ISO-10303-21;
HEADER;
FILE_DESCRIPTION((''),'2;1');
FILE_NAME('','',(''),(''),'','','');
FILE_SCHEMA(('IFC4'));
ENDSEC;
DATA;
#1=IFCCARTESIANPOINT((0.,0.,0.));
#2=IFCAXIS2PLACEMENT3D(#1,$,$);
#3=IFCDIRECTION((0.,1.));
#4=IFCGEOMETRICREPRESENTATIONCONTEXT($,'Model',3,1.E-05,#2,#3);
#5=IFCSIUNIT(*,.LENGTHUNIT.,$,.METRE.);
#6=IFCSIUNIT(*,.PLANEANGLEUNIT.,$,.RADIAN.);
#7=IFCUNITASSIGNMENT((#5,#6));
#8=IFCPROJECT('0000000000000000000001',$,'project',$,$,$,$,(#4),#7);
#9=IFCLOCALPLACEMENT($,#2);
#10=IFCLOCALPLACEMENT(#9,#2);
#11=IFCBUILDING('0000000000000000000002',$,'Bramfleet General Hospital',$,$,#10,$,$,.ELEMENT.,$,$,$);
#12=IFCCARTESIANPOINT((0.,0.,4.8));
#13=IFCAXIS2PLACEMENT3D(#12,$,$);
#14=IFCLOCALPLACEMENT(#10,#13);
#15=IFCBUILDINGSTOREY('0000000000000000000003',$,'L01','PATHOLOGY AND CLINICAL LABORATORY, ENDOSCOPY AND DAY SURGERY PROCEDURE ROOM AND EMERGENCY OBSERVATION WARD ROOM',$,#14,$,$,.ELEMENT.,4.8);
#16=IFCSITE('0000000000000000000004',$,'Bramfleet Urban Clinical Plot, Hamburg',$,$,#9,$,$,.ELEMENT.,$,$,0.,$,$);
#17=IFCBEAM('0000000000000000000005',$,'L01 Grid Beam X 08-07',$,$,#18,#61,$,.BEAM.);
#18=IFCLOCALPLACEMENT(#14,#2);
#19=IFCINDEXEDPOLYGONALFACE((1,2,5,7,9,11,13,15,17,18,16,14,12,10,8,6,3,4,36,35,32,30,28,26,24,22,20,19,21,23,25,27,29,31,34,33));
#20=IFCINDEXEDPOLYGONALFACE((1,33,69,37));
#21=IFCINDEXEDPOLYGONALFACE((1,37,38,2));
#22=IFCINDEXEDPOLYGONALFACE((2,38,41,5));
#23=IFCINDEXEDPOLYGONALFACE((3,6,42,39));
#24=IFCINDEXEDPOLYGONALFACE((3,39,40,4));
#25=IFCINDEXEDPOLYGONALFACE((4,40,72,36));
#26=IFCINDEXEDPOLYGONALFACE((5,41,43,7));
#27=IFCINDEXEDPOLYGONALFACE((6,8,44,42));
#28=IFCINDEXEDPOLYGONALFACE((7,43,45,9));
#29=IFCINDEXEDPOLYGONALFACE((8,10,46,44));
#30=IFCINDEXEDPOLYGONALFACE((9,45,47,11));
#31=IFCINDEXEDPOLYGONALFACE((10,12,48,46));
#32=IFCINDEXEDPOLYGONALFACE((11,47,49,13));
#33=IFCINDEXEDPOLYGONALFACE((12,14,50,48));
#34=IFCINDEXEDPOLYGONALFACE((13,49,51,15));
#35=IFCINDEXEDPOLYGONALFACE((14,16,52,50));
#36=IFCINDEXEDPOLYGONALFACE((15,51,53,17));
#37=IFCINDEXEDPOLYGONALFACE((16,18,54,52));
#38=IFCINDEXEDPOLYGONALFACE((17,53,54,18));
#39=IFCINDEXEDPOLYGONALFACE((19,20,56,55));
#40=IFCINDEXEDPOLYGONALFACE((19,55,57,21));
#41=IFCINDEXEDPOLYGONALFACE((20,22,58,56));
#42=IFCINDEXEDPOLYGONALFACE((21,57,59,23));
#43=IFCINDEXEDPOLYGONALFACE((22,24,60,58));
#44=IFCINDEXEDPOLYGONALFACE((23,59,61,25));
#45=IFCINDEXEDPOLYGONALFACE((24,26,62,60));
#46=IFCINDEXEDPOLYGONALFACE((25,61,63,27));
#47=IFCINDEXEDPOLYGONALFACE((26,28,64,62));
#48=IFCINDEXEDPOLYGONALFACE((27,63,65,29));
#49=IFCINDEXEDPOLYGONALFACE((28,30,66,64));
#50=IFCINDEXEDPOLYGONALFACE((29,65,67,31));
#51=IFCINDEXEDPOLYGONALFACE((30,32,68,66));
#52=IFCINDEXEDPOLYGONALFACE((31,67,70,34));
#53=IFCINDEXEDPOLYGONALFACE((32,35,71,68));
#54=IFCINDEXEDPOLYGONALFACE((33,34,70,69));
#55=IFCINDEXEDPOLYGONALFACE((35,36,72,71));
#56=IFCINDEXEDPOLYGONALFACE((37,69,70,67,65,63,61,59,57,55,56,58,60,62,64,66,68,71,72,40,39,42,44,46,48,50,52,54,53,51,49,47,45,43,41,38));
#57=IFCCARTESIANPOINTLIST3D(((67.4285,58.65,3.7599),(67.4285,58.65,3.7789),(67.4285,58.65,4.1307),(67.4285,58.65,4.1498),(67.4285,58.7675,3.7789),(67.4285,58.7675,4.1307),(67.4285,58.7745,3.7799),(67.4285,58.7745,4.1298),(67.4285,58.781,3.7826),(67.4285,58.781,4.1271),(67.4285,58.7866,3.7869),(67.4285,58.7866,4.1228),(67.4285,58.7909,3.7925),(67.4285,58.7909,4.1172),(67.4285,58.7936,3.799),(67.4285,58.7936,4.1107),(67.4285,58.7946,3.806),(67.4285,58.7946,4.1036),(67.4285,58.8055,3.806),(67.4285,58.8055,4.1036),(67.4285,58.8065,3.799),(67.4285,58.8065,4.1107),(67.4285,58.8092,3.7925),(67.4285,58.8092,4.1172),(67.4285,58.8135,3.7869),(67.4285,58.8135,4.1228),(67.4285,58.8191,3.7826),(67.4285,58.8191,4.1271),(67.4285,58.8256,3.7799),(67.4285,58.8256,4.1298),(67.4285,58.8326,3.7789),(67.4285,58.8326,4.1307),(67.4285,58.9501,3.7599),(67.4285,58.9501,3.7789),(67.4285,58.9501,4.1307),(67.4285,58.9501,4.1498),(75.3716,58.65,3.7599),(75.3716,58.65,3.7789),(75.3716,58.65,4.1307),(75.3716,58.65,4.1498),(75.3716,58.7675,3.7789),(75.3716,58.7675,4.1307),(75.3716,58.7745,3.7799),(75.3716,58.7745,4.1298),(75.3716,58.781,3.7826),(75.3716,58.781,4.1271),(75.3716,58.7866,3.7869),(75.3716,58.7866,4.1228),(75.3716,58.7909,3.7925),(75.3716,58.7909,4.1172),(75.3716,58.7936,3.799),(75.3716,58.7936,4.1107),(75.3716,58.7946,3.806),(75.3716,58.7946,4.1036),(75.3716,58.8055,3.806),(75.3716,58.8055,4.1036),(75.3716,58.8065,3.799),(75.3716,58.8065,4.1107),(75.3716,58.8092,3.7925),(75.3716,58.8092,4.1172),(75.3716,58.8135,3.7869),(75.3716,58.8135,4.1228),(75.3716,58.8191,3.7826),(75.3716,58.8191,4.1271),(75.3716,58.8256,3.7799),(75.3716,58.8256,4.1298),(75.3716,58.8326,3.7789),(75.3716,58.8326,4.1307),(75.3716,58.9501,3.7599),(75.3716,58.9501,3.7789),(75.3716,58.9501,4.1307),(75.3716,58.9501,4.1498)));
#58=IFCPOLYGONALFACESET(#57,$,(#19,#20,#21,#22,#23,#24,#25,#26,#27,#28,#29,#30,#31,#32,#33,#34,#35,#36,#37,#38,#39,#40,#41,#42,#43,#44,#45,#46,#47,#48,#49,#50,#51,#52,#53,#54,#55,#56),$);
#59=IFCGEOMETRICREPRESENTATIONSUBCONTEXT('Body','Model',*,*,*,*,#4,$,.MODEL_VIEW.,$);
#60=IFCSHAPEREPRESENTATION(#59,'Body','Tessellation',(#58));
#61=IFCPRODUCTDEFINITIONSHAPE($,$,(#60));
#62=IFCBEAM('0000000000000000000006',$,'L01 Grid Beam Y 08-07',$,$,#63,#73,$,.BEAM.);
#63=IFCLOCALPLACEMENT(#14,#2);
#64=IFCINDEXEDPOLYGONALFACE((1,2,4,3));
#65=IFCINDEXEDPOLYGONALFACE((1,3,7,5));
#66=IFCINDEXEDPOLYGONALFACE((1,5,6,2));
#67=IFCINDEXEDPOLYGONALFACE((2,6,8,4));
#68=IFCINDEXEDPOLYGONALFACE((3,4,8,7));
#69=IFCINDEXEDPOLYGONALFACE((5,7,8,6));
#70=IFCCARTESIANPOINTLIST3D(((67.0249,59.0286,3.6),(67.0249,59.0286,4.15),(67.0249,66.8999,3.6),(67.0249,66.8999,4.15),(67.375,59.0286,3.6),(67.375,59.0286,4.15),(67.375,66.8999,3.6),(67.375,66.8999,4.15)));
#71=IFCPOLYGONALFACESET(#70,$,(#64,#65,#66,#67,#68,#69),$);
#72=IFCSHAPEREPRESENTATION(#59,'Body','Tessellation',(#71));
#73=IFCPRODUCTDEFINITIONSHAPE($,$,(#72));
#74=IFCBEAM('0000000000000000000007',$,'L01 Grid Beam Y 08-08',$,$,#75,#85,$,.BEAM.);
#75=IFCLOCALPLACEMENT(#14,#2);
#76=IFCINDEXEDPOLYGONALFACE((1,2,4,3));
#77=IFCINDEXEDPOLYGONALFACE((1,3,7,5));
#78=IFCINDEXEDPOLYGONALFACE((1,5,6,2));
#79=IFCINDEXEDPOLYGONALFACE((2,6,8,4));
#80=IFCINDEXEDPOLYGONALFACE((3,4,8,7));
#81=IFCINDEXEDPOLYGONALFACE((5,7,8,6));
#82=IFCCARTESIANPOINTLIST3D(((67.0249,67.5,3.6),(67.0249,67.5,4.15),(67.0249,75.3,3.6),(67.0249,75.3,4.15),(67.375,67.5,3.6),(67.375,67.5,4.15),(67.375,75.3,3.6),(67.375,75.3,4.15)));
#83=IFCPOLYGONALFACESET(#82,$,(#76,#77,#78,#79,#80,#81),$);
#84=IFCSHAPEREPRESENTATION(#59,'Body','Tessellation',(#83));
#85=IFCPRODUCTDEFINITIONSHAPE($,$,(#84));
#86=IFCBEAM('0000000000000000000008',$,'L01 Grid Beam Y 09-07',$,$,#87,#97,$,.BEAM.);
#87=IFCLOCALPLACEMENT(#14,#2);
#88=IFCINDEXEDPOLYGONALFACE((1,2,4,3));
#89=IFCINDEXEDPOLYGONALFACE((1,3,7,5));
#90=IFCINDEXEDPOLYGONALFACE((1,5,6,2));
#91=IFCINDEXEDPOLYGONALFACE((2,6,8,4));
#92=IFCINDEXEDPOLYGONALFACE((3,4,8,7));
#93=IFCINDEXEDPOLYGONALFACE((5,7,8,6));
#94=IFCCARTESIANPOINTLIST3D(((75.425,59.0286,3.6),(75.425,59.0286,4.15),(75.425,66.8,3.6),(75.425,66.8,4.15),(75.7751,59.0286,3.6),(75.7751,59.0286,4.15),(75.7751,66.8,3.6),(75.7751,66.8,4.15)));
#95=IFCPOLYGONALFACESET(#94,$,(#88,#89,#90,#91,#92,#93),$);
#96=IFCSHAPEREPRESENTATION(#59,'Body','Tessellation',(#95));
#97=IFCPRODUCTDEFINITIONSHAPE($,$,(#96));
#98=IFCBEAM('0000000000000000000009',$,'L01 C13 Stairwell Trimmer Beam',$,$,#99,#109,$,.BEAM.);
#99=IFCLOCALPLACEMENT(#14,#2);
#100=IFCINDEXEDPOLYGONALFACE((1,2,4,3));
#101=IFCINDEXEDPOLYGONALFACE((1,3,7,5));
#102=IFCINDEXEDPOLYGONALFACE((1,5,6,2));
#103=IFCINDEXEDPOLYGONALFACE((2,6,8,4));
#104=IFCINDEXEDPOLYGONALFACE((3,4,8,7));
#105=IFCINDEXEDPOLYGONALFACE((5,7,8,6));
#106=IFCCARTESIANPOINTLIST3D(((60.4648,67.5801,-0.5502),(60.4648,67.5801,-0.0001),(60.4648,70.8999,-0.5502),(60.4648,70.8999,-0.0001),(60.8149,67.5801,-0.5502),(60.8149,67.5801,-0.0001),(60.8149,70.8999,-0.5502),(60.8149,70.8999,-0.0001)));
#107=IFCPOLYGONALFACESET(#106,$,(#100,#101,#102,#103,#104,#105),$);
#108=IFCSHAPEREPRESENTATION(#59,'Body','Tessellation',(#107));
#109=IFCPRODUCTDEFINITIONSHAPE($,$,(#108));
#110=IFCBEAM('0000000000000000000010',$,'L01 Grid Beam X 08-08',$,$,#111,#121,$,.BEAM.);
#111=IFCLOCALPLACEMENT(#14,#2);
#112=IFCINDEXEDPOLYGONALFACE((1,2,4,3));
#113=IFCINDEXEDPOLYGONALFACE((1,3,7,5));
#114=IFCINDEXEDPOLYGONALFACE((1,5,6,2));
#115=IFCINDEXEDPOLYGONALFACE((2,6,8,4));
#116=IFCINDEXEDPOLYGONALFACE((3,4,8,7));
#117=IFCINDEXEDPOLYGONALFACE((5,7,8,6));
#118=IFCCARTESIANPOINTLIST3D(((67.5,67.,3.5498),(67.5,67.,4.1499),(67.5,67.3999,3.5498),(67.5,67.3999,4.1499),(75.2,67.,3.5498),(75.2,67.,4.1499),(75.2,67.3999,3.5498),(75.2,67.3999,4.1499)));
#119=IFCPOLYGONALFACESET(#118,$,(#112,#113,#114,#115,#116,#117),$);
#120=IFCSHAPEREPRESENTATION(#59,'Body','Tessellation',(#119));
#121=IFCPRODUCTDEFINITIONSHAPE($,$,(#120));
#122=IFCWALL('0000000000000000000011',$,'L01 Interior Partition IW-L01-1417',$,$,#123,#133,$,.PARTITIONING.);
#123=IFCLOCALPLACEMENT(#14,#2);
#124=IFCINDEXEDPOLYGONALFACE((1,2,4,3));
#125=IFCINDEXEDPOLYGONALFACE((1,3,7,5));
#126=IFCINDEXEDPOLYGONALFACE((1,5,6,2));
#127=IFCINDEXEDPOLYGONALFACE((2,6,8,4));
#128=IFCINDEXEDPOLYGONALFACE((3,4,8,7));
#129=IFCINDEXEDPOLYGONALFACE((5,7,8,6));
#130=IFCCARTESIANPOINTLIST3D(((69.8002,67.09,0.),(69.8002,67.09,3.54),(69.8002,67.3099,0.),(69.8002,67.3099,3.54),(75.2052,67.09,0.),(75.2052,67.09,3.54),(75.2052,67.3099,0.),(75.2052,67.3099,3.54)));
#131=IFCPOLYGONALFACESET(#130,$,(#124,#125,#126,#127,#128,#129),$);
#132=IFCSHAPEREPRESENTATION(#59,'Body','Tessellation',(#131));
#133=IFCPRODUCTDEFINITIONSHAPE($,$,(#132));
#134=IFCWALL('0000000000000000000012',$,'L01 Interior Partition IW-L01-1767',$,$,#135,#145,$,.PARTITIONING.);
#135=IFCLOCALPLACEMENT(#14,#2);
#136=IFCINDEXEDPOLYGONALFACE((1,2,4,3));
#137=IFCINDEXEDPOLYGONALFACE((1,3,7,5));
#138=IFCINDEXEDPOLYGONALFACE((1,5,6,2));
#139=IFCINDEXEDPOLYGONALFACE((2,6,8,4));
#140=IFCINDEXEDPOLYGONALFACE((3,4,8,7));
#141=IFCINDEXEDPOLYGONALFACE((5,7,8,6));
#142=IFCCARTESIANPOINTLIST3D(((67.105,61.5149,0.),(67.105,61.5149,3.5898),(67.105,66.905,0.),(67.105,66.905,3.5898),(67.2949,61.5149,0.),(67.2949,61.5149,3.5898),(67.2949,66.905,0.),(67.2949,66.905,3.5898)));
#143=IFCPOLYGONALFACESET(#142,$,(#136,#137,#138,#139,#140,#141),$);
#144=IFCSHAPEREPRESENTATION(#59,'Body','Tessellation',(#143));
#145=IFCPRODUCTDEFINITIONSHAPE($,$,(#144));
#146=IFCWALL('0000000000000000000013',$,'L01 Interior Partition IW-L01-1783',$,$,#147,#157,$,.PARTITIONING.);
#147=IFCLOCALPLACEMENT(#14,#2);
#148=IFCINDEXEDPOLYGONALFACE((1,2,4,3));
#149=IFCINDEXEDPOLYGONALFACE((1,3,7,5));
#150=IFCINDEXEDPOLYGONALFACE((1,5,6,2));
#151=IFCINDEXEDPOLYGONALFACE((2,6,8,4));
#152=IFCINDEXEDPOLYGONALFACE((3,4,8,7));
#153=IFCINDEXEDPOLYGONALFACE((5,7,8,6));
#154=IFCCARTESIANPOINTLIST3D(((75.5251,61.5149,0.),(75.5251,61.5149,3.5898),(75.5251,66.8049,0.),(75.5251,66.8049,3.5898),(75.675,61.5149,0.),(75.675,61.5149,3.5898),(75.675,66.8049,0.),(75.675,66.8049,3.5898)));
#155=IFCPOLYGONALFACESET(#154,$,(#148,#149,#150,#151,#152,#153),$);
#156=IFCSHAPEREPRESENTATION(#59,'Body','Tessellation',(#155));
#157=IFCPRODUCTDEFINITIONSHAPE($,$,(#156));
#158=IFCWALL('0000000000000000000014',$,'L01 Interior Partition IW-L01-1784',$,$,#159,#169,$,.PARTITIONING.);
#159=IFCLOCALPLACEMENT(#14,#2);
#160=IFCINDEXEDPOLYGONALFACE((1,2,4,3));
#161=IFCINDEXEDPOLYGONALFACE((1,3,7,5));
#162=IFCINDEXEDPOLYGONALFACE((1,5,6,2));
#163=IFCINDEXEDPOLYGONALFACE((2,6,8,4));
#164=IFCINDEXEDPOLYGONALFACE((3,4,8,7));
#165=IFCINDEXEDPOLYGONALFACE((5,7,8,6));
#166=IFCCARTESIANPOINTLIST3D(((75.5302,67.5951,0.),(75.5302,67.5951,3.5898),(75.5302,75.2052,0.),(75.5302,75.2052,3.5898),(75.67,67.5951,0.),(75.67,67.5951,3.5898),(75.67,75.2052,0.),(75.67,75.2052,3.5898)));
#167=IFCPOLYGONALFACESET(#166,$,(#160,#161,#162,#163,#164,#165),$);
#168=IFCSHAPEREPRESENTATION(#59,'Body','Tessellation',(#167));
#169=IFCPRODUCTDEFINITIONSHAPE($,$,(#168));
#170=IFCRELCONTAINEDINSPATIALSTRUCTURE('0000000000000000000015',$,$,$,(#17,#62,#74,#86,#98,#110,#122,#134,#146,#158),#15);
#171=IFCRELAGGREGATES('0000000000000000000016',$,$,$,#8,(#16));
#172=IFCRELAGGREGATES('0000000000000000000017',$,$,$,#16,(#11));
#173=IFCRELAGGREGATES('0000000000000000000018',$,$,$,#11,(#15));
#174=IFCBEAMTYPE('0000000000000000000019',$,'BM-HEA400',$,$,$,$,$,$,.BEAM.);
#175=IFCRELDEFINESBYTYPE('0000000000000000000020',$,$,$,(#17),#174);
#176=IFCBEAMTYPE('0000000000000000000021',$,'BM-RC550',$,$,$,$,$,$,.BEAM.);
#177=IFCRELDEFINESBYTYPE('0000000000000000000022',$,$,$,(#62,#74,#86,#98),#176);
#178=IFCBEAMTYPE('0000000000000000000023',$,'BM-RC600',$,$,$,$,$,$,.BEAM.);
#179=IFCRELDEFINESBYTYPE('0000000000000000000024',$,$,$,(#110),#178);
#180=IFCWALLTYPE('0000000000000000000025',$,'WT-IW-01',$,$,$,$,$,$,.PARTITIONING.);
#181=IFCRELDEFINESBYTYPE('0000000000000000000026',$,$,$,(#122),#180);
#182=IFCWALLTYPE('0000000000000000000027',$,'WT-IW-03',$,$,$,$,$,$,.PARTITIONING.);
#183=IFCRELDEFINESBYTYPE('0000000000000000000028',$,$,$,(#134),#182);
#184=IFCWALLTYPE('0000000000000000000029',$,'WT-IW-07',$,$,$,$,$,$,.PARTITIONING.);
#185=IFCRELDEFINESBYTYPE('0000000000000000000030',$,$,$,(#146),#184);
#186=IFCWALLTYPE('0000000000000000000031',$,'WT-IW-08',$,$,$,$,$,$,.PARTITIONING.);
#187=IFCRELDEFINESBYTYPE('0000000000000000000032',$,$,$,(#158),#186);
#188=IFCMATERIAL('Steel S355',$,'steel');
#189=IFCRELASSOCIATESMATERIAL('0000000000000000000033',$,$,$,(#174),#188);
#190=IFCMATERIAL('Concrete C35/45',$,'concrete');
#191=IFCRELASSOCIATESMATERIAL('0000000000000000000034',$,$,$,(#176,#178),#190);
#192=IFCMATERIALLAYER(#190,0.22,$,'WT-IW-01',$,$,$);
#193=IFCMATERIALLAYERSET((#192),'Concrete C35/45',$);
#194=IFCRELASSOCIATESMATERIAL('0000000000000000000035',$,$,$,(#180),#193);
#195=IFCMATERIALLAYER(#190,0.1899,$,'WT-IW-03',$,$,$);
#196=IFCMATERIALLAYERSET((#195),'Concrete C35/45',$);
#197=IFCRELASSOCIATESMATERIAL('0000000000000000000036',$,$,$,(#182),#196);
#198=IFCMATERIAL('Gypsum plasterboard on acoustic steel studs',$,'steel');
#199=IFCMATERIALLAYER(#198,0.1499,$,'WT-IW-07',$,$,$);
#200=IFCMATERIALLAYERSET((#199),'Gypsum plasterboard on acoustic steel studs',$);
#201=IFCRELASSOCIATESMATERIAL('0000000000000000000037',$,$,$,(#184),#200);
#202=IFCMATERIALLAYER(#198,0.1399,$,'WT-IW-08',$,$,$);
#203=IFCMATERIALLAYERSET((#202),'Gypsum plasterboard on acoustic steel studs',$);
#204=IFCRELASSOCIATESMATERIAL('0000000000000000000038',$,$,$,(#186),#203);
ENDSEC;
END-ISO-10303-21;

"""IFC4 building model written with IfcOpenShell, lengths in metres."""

from ifc_helpers import new_model, si_unit, direction, frame, frame_2d, origin, origin_2d, place, context, subcontext, project, spatial, rectangle, i_section, extrude, material, layer, layer_set, material_profile, profile_set, type_object, element, save


model = new_model("IFC4")

# Units and contexts
model_context = context("Model", 3, precision=1e-05, world=origin(), true_north=direction((0.0, 1.0)))
body_context = subcontext(model_context, "Body", "Model", "MODEL_VIEW")
ifc_project = project(units=[si_unit("LENGTHUNIT", "METRE"), si_unit("PLANEANGLEUNIT", "RADIAN")], contexts=[model_context])

# Site, building, storey
site_placement = place(None, origin())
site = spatial("IfcSite", under=ifc_project, at=site_placement, Name="Bramfleet Urban Clinical Plot, Hamburg", CompositionType="ELEMENT", RefElevation=0.0)
building_placement = place(site_placement, origin())
building = spatial("IfcBuilding", under=site, at=building_placement, Name="Bramfleet General Hospital", CompositionType="ELEMENT")
storey_placement = place(building_placement, frame((0.0, 0.0, 4.8)))
storey = spatial("IfcBuildingStorey", under=building, at=storey_placement, Name="L01", Description="PATHOLOGY AND CLINICAL LABORATORY, ENDOSCOPY AND DAY SURGERY PROCEDURE ROOM AND EMERGENCY OBSERVATION WARD ROOM", CompositionType="ELEMENT", Elevation=4.8)

# Shared definitions
ifc_material_1 = material(Name="Steel S355", Category="steel")

# Beams
ifc_material_profile_1 = material_profile(ifc_material_1, i_section(OverallWidth=0.3, OverallDepth=0.3899, WebThickness=0.011, FlangeThickness=0.019, FilletRadius=0.0271, at=origin_2d()), Name="HEA 400")
ifc_profile_set_1 = profile_set([ifc_material_profile_1], Name="Steel S355")
beam_type_1 = type_object("IfcBeamType", Name="BM-HEA400", PredefinedType="BEAM", material=ifc_profile_set_1)
beam_1_placement = place(storey_placement, frame((67.4285, 58.8, 3.9548), z_axis=(1.0, 0.0, 0.0), x_axis=(0.0, 1.0, 0.0)))
element("IfcBeam", 1, at=beam_1_placement, inside=storey, type_object=beam_type_1, Name="L01 Grid Beam X 08-07", PredefinedType="BEAM", context=body_context, shape_type="SweptSolid", body=[
    extrude(i_section(OverallWidth=0.3, OverallDepth=0.3899, WebThickness=0.011, FlangeThickness=0.019, FilletRadius=0.0271, at=origin_2d()), origin(), (0.0, 0.0, 1.0), 7.9431),
])
ifc_material_2 = material(Name="Concrete C35/45", Category="concrete")
ifc_material_profile_2 = material_profile(ifc_material_2, rectangle(XDim=0.3501, YDim=0.55, at=origin_2d()), Name="RC BM 550x350")
ifc_profile_set_2 = profile_set([ifc_material_profile_2], Name="Concrete C35/45")
beam_type_2 = type_object("IfcBeamType", Name="BM-RC550", PredefinedType="BEAM", material=ifc_profile_set_2)
beam_2_placement = place(storey_placement, frame((67.2, 59.0286, 3.875), z_axis=(0.0, 1.0, 0.0), x_axis=(-1.0, 0.0, 0.0)))
element("IfcBeam", 2, at=beam_2_placement, inside=storey, type_object=beam_type_2, Name="L01 Grid Beam Y 08-07", PredefinedType="BEAM", context=body_context, shape_type="SweptSolid", body=[
    extrude(rectangle(XDim=0.3501, YDim=0.55, at=origin_2d()), origin(), (0.0, 0.0, 1.0), 7.8713),
])
beam_3_placement = place(storey_placement, frame((67.2, 67.5, 3.875), z_axis=(0.0, 1.0, 0.0), x_axis=(-1.0, 0.0, 0.0)))
element("IfcBeam", 3, at=beam_3_placement, inside=storey, type_object=beam_type_2, Name="L01 Grid Beam Y 08-08", PredefinedType="BEAM", context=body_context, shape_type="SweptSolid", body=[
    extrude(rectangle(XDim=0.3501, YDim=0.55, at=origin_2d()), origin(), (0.0, 0.0, 1.0), 7.8),
])
beam_4_placement = place(storey_placement, frame((75.6001, 59.0286, 3.875), z_axis=(0.0, 1.0, 0.0), x_axis=(-1.0, 0.0, 0.0)))
element("IfcBeam", 4, at=beam_4_placement, inside=storey, type_object=beam_type_2, Name="L01 Grid Beam Y 09-07", PredefinedType="BEAM", context=body_context, shape_type="SweptSolid", body=[
    extrude(rectangle(XDim=0.3501, YDim=0.55, at=origin_2d()), origin(), (0.0, 0.0, 1.0), 7.7715),
])
beam_5_placement = place(storey_placement, frame((60.6399, 67.5801, -0.2751), z_axis=(0.0, 1.0, 0.0), x_axis=(-1.0, 0.0, 0.0)))
element("IfcBeam", 5, at=beam_5_placement, inside=storey, type_object=beam_type_2, Name="L01 C13 Stairwell Trimmer Beam", PredefinedType="BEAM", context=body_context, shape_type="SweptSolid", body=[
    extrude(rectangle(XDim=0.3501, YDim=0.55, at=origin_2d()), origin(), (0.0, 0.0, 1.0), 3.3198),
])
ifc_material_profile_3 = material_profile(ifc_material_2, rectangle(XDim=0.3999, YDim=0.6001, at=origin_2d()), Name="RC BM 600x400")
ifc_profile_set_3 = profile_set([ifc_material_profile_3], Name="Concrete C35/45")
beam_type_3 = type_object("IfcBeamType", Name="BM-RC600", PredefinedType="BEAM", material=ifc_profile_set_3)
beam_6_placement = place(storey_placement, frame((67.5, 67.2, 3.8499), z_axis=(1.0, 0.0, 0.0), x_axis=(0.0, 1.0, 0.0)))
element("IfcBeam", 6, at=beam_6_placement, inside=storey, type_object=beam_type_3, Name="L01 Grid Beam X 08-08", PredefinedType="BEAM", context=body_context, shape_type="SweptSolid", body=[
    extrude(rectangle(XDim=0.3999, YDim=0.6001, at=origin_2d()), origin(), (0.0, 0.0, 1.0), 7.7),
])

# Walls
ifc_layer_1 = layer(ifc_material_2, 0.22, Name="WT-IW-01")
ifc_layer_set_1 = layer_set([ifc_layer_1], Name="Concrete C35/45")
wall_type_1 = type_object("IfcWallType", Name="WT-IW-01", PredefinedType="PARTITIONING", material=ifc_layer_set_1)
wall_1_placement = place(storey_placement, frame((69.8, 67.2, 0.0), z_axis=(0.0, 0.0, 1.0), x_axis=(1.0, 0.0, 0.0)))
element("IfcWall", 7, at=wall_1_placement, inside=storey, type_object=wall_type_1, Name="L01 Interior Partition IW-L01-1417", PredefinedType="PARTITIONING", context=body_context, shape_type="SweptSolid", body=[
    extrude(rectangle(XDim=5.405, YDim=0.22, at=frame_2d((2.7026, 0.0))), origin(), (0.0, 0.0, 1.0), 3.54),
])
ifc_layer_2 = layer(ifc_material_2, 0.1899, Name="WT-IW-03")
ifc_layer_set_2 = layer_set([ifc_layer_2], Name="Concrete C35/45")
wall_type_2 = type_object("IfcWallType", Name="WT-IW-03", PredefinedType="PARTITIONING", material=ifc_layer_set_2)
wall_2_placement = place(storey_placement, frame((67.2, 61.5149, 0.0), z_axis=(0.0, 0.0, 1.0), x_axis=(0.0, 1.0, 0.0)))
element("IfcWall", 8, at=wall_2_placement, inside=storey, type_object=wall_type_2, Name="L01 Interior Partition IW-L01-1767", PredefinedType="PARTITIONING", context=body_context, shape_type="SweptSolid", body=[
    extrude(rectangle(XDim=5.3901, YDim=0.1899, at=frame_2d((2.6951, 0.0))), origin(), (0.0, 0.0, 1.0), 3.5898),
])
ifc_material_3 = material(Name="Gypsum plasterboard on acoustic steel studs", Category="steel")
ifc_layer_3 = layer(ifc_material_3, 0.1499, Name="WT-IW-07")
ifc_layer_set_3 = layer_set([ifc_layer_3], Name="Gypsum plasterboard on acoustic steel studs")
wall_type_3 = type_object("IfcWallType", Name="WT-IW-07", PredefinedType="PARTITIONING", material=ifc_layer_set_3)
wall_3_placement = place(storey_placement, frame((75.6001, 61.5149, 0.0), z_axis=(0.0, 0.0, 1.0), x_axis=(0.0, 1.0, 0.0)))
element("IfcWall", 9, at=wall_3_placement, inside=storey, type_object=wall_type_3, Name="L01 Interior Partition IW-L01-1783", PredefinedType="PARTITIONING", context=body_context, shape_type="SweptSolid", body=[
    extrude(rectangle(XDim=5.29, YDim=0.1499, at=frame_2d((2.645, 0.0))), origin(), (0.0, 0.0, 1.0), 3.5898),
])
ifc_layer_4 = layer(ifc_material_3, 0.1399, Name="WT-IW-08")
ifc_layer_set_4 = layer_set([ifc_layer_4], Name="Gypsum plasterboard on acoustic steel studs")
wall_type_4 = type_object("IfcWallType", Name="WT-IW-08", PredefinedType="PARTITIONING", material=ifc_layer_set_4)
wall_4_placement = place(storey_placement, frame((75.6001, 67.595, 0.0), z_axis=(0.0, 0.0, 1.0), x_axis=(0.0, 1.0, 0.0)))
element("IfcWall", 10, at=wall_4_placement, inside=storey, type_object=wall_type_4, Name="L01 Interior Partition IW-L01-1784", PredefinedType="PARTITIONING", context=body_context, shape_type="SweptSolid", body=[
    extrude(rectangle(XDim=7.6101, YDim=0.1399, at=frame_2d((3.8052, 0.0))), origin(), (0.0, 0.0, 1.0), 3.5898),
])

save(model, "model.ifc")
